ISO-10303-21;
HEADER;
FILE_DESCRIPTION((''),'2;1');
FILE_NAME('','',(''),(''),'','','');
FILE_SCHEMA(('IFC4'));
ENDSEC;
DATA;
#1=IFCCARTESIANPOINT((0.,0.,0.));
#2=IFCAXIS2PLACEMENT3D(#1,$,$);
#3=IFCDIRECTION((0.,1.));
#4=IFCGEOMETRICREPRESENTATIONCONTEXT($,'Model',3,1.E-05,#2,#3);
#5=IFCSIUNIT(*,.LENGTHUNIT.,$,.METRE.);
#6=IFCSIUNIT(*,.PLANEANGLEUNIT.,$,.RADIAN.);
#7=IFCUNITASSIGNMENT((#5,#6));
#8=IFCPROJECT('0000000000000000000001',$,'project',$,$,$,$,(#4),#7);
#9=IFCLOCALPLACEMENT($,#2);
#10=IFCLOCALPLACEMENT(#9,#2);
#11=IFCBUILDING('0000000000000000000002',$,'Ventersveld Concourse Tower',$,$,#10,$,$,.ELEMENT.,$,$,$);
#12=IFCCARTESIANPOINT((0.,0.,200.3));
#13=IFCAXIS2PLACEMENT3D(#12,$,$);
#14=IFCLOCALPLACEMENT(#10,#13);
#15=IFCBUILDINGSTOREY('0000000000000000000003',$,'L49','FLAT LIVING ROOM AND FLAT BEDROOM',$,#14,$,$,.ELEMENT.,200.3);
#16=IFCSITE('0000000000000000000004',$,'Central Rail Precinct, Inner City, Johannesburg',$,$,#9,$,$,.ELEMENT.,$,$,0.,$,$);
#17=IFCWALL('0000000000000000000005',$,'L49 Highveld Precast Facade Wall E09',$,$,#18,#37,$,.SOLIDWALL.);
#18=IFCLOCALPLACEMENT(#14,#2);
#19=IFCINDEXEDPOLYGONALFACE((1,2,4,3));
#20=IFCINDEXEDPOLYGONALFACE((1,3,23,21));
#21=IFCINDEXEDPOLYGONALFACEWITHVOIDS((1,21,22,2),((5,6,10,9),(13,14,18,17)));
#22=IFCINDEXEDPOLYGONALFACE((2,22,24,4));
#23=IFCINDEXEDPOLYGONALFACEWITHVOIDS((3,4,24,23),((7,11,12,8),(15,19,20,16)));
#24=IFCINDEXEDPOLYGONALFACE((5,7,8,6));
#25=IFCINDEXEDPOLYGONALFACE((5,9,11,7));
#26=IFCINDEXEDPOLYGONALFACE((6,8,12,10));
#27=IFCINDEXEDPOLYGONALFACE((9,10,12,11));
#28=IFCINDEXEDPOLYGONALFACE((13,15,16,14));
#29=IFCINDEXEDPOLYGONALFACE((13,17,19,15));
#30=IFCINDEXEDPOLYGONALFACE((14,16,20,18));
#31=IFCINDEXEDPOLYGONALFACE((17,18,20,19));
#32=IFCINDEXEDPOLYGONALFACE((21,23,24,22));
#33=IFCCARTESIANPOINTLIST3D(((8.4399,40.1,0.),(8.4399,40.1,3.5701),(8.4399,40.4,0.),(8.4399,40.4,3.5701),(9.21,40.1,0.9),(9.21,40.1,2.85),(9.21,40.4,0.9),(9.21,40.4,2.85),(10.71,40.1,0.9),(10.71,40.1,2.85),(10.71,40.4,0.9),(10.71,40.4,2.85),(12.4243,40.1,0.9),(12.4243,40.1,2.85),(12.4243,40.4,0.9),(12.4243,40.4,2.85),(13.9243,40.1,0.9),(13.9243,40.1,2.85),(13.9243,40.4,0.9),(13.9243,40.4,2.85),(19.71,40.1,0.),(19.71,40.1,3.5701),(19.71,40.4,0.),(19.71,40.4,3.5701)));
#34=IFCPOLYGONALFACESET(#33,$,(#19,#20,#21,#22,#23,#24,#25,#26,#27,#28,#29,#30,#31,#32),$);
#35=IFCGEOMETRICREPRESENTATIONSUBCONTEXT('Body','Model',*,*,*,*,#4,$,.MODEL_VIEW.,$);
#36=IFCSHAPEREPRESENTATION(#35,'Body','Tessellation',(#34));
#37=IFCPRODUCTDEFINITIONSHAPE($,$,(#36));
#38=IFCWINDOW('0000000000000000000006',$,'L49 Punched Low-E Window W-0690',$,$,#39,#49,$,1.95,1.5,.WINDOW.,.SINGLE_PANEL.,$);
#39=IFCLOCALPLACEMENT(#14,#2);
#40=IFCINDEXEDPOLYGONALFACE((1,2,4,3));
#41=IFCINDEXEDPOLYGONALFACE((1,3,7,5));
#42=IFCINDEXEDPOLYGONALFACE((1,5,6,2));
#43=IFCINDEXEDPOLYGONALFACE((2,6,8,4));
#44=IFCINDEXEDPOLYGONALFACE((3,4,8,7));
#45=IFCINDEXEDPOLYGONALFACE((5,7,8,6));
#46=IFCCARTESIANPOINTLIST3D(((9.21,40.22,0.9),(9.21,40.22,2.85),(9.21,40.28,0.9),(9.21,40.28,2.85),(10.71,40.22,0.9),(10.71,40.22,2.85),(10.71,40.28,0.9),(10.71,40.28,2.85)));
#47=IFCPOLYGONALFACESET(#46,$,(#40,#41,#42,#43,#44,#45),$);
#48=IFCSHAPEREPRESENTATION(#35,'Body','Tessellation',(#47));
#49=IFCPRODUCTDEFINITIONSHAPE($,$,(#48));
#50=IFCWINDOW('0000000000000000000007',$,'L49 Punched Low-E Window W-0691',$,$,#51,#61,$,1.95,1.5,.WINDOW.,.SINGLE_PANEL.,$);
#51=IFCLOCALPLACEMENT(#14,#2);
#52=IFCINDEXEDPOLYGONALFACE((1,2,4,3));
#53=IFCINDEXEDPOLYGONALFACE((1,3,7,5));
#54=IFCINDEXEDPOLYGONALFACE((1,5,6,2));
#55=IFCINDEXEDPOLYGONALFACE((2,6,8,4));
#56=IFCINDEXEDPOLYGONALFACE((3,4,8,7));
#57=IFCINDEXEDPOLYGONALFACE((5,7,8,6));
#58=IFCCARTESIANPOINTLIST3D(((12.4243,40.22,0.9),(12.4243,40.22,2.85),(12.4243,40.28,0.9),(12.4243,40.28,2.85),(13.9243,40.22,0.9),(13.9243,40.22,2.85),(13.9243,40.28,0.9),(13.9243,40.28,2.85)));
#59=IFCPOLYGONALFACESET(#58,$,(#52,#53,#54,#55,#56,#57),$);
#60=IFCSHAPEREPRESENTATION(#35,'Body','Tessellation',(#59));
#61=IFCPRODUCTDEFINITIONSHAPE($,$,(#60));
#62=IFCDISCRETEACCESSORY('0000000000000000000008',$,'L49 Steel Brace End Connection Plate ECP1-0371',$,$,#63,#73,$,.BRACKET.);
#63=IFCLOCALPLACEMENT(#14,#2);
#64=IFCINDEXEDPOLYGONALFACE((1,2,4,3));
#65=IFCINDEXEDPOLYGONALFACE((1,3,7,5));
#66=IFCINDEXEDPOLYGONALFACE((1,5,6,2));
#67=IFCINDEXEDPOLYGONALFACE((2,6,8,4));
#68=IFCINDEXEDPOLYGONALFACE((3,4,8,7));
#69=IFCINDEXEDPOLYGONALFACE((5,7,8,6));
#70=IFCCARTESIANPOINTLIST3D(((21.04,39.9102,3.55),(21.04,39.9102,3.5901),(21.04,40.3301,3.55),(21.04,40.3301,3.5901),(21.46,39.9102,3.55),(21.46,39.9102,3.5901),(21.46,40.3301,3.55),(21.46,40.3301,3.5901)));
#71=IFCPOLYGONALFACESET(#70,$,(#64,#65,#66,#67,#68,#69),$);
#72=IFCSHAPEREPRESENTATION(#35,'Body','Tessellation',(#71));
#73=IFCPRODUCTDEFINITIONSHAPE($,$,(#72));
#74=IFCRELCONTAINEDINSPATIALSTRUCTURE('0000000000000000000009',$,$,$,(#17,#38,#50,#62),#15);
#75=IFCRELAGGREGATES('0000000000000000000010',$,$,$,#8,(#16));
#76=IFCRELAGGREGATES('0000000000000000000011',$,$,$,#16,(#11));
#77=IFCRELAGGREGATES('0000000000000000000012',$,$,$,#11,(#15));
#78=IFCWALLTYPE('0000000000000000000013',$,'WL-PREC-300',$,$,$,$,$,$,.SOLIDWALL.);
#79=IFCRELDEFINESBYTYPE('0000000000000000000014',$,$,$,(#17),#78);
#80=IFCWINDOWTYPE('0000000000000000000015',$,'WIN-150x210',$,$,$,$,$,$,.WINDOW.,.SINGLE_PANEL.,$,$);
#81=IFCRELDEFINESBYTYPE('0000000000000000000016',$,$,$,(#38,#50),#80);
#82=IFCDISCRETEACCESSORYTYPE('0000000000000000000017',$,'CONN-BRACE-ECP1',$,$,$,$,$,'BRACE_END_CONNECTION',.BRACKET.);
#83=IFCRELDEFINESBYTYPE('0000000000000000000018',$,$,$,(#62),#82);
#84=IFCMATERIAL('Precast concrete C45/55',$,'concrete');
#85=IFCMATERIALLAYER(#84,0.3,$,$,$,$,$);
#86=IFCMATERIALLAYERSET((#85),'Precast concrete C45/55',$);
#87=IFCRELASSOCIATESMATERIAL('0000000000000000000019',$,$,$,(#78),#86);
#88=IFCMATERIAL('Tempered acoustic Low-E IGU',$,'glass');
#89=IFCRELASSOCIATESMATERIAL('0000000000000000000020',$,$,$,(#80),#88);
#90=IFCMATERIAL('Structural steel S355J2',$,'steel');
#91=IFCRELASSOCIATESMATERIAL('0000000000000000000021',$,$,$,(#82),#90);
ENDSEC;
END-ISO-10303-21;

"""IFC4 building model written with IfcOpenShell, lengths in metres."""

from ifc_helpers import new_model, si_unit, direction, frame, frame_2d, origin, origin_2d, place, context, subcontext, project, spatial, rectangle, extrude, material, layer, layer_set, type_object, element, fill, save


model = new_model("IFC4")

# Units and contexts
model_context = context("Model", 3, precision=1e-05, world=origin(), true_north=direction((0.0, 1.0)))
body_context = subcontext(model_context, "Body", "Model", "MODEL_VIEW")
ifc_project = project(units=[si_unit("LENGTHUNIT", "METRE"), si_unit("PLANEANGLEUNIT", "RADIAN")], contexts=[model_context])

# Site, building, storey
site_placement = place(None, origin())
site = spatial("IfcSite", under=ifc_project, at=site_placement, Name="Central Rail Precinct, Inner City, Johannesburg", CompositionType="ELEMENT", RefElevation=0.0)
building_placement = place(site_placement, origin())
building = spatial("IfcBuilding", under=site, at=building_placement, Name="Ventersveld Concourse Tower", CompositionType="ELEMENT")
storey_placement = place(building_placement, frame((0.0, 0.0, 200.3)))
storey = spatial("IfcBuildingStorey", under=building, at=storey_placement, Name="L49", Description="FLAT LIVING ROOM AND FLAT BEDROOM", CompositionType="ELEMENT", Elevation=200.3)

# Shared definitions
ifc_material_1 = material(Name="Structural steel S355J2", Category="steel")

# Shared definitions
ifc_material_2 = material(Name="Precast concrete C45/55", Category="concrete")
ifc_layer_1 = layer(ifc_material_2, 0.3)
ifc_layer_set_1 = layer_set([ifc_layer_1], Name="Precast concrete C45/55")
wall_type_1 = type_object("IfcWallType", Name="WL-PREC-300", PredefinedType="SOLIDWALL", material=ifc_layer_set_1)

# Wall, openings, windows
wall_1_placement = place(storey_placement, frame((19.71, 40.25, 0.0), z_axis=(0.0, 0.0, 1.0), x_axis=(-1.0, 0.0, 0.0)))
wall_1 = element("IfcWall", 1, at=wall_1_placement, inside=storey, type_object=wall_type_1, Name="L49 Highveld Precast Facade Wall E09", PredefinedType="SOLIDWALL", context=body_context, shape_type="SweptSolid", body=[
    extrude(rectangle(XDim=11.27, YDim=0.3, at=frame_2d((5.635, 0.0))), origin(), (0.0, 0.0, 1.0), 3.5701),
])
opening_1_placement = place(wall_1_placement, frame((9.0, 0.0, 0.8999)))
opening_1 = element("IfcOpeningElement", 2, at=opening_1_placement, cuts=wall_1, PredefinedType="OPENING", context=body_context, shape_type="SweptSolid", body=[
    extrude(rectangle(XDim=1.5, YDim=1.95, at=frame_2d((0.75, 0.9751))), frame((0.0, 0.1602, 0.0), z_axis=(0.0, -1.0, 0.0), x_axis=(1.0, 0.0, 0.0)), (0.0, 0.0, 1.0), 0.3201),
])
opening_2_placement = place(wall_1_placement, frame((5.7856, 0.0, 0.8999)))
opening_2 = element("IfcOpeningElement", 3, at=opening_2_placement, cuts=wall_1, PredefinedType="OPENING", context=body_context, shape_type="SweptSolid", body=[
    extrude(rectangle(XDim=1.5, YDim=1.95, at=frame_2d((0.75, 0.9751))), frame((0.0, 0.1602, 0.0), z_axis=(0.0, -1.0, 0.0), x_axis=(1.0, 0.0, 0.0)), (0.0, 0.0, 1.0), 0.3201),
])
ifc_material_3 = material(Name="Tempered acoustic Low-E IGU", Category="glass")
window_type = type_object("IfcWindowType", Name="WIN-150x210", PartitioningType="SINGLE_PANEL", PredefinedType="WINDOW", material=ifc_material_3)
window_1_placement = place(opening_1_placement, origin())
window_1 = element("IfcWindow", 4, at=window_1_placement, inside=storey, type_object=window_type, Name="L49 Punched Low-E Window W-0690", OverallHeight=1.95, OverallWidth=1.5, PartitioningType="SINGLE_PANEL", PredefinedType="WINDOW", context=body_context, shape_type="SweptSolid", body=[
    extrude(rectangle(XDim=1.5, YDim=1.95, at=frame_2d((0.75, 0.9751))), frame((0.0, 0.03, 0.0), z_axis=(0.0, -1.0, 0.0), x_axis=(1.0, 0.0, 0.0)), (0.0, 0.0, 1.0), 0.0601),
])
fill(opening_1, window_1)
window_2_placement = place(opening_2_placement, origin())
window_2 = element("IfcWindow", 5, at=window_2_placement, inside=storey, type_object=window_type, Name="L49 Punched Low-E Window W-0691", OverallHeight=1.95, OverallWidth=1.5, PartitioningType="SINGLE_PANEL", PredefinedType="WINDOW", context=body_context, shape_type="SweptSolid", body=[
    extrude(rectangle(XDim=1.5, YDim=1.95, at=frame_2d((0.75, 0.9751))), frame((0.0, 0.03, 0.0), z_axis=(0.0, -1.0, 0.0), x_axis=(1.0, 0.0, 0.0)), (0.0, 0.0, 1.0), 0.0601),
])
fill(opening_2, window_2)

# Discrete accessory
discrete_accessory_type = type_object("IfcDiscreteAccessoryType", Name="CONN-BRACE-ECP1", ElementType="BRACE_END_CONNECTION", PredefinedType="BRACKET", material=ifc_material_1)
discrete_accessory_placement = place(storey_placement, frame((21.25, 40.1201, 3.55), z_axis=(0.0, 0.0, 1.0), x_axis=(1.0, 0.0, 0.0)))
element("IfcDiscreteAccessory", 6, at=discrete_accessory_placement, inside=storey, type_object=discrete_accessory_type, Name="L49 Steel Brace End Connection Plate ECP1-0371", PredefinedType="BRACKET", context=body_context, shape_type="SweptSolid", body=[
    extrude(rectangle(XDim=0.4199, YDim=0.4199, at=origin_2d()), origin(), (0.0, 0.0, 1.0), 0.04),
])

save(model, "model.ifc")
